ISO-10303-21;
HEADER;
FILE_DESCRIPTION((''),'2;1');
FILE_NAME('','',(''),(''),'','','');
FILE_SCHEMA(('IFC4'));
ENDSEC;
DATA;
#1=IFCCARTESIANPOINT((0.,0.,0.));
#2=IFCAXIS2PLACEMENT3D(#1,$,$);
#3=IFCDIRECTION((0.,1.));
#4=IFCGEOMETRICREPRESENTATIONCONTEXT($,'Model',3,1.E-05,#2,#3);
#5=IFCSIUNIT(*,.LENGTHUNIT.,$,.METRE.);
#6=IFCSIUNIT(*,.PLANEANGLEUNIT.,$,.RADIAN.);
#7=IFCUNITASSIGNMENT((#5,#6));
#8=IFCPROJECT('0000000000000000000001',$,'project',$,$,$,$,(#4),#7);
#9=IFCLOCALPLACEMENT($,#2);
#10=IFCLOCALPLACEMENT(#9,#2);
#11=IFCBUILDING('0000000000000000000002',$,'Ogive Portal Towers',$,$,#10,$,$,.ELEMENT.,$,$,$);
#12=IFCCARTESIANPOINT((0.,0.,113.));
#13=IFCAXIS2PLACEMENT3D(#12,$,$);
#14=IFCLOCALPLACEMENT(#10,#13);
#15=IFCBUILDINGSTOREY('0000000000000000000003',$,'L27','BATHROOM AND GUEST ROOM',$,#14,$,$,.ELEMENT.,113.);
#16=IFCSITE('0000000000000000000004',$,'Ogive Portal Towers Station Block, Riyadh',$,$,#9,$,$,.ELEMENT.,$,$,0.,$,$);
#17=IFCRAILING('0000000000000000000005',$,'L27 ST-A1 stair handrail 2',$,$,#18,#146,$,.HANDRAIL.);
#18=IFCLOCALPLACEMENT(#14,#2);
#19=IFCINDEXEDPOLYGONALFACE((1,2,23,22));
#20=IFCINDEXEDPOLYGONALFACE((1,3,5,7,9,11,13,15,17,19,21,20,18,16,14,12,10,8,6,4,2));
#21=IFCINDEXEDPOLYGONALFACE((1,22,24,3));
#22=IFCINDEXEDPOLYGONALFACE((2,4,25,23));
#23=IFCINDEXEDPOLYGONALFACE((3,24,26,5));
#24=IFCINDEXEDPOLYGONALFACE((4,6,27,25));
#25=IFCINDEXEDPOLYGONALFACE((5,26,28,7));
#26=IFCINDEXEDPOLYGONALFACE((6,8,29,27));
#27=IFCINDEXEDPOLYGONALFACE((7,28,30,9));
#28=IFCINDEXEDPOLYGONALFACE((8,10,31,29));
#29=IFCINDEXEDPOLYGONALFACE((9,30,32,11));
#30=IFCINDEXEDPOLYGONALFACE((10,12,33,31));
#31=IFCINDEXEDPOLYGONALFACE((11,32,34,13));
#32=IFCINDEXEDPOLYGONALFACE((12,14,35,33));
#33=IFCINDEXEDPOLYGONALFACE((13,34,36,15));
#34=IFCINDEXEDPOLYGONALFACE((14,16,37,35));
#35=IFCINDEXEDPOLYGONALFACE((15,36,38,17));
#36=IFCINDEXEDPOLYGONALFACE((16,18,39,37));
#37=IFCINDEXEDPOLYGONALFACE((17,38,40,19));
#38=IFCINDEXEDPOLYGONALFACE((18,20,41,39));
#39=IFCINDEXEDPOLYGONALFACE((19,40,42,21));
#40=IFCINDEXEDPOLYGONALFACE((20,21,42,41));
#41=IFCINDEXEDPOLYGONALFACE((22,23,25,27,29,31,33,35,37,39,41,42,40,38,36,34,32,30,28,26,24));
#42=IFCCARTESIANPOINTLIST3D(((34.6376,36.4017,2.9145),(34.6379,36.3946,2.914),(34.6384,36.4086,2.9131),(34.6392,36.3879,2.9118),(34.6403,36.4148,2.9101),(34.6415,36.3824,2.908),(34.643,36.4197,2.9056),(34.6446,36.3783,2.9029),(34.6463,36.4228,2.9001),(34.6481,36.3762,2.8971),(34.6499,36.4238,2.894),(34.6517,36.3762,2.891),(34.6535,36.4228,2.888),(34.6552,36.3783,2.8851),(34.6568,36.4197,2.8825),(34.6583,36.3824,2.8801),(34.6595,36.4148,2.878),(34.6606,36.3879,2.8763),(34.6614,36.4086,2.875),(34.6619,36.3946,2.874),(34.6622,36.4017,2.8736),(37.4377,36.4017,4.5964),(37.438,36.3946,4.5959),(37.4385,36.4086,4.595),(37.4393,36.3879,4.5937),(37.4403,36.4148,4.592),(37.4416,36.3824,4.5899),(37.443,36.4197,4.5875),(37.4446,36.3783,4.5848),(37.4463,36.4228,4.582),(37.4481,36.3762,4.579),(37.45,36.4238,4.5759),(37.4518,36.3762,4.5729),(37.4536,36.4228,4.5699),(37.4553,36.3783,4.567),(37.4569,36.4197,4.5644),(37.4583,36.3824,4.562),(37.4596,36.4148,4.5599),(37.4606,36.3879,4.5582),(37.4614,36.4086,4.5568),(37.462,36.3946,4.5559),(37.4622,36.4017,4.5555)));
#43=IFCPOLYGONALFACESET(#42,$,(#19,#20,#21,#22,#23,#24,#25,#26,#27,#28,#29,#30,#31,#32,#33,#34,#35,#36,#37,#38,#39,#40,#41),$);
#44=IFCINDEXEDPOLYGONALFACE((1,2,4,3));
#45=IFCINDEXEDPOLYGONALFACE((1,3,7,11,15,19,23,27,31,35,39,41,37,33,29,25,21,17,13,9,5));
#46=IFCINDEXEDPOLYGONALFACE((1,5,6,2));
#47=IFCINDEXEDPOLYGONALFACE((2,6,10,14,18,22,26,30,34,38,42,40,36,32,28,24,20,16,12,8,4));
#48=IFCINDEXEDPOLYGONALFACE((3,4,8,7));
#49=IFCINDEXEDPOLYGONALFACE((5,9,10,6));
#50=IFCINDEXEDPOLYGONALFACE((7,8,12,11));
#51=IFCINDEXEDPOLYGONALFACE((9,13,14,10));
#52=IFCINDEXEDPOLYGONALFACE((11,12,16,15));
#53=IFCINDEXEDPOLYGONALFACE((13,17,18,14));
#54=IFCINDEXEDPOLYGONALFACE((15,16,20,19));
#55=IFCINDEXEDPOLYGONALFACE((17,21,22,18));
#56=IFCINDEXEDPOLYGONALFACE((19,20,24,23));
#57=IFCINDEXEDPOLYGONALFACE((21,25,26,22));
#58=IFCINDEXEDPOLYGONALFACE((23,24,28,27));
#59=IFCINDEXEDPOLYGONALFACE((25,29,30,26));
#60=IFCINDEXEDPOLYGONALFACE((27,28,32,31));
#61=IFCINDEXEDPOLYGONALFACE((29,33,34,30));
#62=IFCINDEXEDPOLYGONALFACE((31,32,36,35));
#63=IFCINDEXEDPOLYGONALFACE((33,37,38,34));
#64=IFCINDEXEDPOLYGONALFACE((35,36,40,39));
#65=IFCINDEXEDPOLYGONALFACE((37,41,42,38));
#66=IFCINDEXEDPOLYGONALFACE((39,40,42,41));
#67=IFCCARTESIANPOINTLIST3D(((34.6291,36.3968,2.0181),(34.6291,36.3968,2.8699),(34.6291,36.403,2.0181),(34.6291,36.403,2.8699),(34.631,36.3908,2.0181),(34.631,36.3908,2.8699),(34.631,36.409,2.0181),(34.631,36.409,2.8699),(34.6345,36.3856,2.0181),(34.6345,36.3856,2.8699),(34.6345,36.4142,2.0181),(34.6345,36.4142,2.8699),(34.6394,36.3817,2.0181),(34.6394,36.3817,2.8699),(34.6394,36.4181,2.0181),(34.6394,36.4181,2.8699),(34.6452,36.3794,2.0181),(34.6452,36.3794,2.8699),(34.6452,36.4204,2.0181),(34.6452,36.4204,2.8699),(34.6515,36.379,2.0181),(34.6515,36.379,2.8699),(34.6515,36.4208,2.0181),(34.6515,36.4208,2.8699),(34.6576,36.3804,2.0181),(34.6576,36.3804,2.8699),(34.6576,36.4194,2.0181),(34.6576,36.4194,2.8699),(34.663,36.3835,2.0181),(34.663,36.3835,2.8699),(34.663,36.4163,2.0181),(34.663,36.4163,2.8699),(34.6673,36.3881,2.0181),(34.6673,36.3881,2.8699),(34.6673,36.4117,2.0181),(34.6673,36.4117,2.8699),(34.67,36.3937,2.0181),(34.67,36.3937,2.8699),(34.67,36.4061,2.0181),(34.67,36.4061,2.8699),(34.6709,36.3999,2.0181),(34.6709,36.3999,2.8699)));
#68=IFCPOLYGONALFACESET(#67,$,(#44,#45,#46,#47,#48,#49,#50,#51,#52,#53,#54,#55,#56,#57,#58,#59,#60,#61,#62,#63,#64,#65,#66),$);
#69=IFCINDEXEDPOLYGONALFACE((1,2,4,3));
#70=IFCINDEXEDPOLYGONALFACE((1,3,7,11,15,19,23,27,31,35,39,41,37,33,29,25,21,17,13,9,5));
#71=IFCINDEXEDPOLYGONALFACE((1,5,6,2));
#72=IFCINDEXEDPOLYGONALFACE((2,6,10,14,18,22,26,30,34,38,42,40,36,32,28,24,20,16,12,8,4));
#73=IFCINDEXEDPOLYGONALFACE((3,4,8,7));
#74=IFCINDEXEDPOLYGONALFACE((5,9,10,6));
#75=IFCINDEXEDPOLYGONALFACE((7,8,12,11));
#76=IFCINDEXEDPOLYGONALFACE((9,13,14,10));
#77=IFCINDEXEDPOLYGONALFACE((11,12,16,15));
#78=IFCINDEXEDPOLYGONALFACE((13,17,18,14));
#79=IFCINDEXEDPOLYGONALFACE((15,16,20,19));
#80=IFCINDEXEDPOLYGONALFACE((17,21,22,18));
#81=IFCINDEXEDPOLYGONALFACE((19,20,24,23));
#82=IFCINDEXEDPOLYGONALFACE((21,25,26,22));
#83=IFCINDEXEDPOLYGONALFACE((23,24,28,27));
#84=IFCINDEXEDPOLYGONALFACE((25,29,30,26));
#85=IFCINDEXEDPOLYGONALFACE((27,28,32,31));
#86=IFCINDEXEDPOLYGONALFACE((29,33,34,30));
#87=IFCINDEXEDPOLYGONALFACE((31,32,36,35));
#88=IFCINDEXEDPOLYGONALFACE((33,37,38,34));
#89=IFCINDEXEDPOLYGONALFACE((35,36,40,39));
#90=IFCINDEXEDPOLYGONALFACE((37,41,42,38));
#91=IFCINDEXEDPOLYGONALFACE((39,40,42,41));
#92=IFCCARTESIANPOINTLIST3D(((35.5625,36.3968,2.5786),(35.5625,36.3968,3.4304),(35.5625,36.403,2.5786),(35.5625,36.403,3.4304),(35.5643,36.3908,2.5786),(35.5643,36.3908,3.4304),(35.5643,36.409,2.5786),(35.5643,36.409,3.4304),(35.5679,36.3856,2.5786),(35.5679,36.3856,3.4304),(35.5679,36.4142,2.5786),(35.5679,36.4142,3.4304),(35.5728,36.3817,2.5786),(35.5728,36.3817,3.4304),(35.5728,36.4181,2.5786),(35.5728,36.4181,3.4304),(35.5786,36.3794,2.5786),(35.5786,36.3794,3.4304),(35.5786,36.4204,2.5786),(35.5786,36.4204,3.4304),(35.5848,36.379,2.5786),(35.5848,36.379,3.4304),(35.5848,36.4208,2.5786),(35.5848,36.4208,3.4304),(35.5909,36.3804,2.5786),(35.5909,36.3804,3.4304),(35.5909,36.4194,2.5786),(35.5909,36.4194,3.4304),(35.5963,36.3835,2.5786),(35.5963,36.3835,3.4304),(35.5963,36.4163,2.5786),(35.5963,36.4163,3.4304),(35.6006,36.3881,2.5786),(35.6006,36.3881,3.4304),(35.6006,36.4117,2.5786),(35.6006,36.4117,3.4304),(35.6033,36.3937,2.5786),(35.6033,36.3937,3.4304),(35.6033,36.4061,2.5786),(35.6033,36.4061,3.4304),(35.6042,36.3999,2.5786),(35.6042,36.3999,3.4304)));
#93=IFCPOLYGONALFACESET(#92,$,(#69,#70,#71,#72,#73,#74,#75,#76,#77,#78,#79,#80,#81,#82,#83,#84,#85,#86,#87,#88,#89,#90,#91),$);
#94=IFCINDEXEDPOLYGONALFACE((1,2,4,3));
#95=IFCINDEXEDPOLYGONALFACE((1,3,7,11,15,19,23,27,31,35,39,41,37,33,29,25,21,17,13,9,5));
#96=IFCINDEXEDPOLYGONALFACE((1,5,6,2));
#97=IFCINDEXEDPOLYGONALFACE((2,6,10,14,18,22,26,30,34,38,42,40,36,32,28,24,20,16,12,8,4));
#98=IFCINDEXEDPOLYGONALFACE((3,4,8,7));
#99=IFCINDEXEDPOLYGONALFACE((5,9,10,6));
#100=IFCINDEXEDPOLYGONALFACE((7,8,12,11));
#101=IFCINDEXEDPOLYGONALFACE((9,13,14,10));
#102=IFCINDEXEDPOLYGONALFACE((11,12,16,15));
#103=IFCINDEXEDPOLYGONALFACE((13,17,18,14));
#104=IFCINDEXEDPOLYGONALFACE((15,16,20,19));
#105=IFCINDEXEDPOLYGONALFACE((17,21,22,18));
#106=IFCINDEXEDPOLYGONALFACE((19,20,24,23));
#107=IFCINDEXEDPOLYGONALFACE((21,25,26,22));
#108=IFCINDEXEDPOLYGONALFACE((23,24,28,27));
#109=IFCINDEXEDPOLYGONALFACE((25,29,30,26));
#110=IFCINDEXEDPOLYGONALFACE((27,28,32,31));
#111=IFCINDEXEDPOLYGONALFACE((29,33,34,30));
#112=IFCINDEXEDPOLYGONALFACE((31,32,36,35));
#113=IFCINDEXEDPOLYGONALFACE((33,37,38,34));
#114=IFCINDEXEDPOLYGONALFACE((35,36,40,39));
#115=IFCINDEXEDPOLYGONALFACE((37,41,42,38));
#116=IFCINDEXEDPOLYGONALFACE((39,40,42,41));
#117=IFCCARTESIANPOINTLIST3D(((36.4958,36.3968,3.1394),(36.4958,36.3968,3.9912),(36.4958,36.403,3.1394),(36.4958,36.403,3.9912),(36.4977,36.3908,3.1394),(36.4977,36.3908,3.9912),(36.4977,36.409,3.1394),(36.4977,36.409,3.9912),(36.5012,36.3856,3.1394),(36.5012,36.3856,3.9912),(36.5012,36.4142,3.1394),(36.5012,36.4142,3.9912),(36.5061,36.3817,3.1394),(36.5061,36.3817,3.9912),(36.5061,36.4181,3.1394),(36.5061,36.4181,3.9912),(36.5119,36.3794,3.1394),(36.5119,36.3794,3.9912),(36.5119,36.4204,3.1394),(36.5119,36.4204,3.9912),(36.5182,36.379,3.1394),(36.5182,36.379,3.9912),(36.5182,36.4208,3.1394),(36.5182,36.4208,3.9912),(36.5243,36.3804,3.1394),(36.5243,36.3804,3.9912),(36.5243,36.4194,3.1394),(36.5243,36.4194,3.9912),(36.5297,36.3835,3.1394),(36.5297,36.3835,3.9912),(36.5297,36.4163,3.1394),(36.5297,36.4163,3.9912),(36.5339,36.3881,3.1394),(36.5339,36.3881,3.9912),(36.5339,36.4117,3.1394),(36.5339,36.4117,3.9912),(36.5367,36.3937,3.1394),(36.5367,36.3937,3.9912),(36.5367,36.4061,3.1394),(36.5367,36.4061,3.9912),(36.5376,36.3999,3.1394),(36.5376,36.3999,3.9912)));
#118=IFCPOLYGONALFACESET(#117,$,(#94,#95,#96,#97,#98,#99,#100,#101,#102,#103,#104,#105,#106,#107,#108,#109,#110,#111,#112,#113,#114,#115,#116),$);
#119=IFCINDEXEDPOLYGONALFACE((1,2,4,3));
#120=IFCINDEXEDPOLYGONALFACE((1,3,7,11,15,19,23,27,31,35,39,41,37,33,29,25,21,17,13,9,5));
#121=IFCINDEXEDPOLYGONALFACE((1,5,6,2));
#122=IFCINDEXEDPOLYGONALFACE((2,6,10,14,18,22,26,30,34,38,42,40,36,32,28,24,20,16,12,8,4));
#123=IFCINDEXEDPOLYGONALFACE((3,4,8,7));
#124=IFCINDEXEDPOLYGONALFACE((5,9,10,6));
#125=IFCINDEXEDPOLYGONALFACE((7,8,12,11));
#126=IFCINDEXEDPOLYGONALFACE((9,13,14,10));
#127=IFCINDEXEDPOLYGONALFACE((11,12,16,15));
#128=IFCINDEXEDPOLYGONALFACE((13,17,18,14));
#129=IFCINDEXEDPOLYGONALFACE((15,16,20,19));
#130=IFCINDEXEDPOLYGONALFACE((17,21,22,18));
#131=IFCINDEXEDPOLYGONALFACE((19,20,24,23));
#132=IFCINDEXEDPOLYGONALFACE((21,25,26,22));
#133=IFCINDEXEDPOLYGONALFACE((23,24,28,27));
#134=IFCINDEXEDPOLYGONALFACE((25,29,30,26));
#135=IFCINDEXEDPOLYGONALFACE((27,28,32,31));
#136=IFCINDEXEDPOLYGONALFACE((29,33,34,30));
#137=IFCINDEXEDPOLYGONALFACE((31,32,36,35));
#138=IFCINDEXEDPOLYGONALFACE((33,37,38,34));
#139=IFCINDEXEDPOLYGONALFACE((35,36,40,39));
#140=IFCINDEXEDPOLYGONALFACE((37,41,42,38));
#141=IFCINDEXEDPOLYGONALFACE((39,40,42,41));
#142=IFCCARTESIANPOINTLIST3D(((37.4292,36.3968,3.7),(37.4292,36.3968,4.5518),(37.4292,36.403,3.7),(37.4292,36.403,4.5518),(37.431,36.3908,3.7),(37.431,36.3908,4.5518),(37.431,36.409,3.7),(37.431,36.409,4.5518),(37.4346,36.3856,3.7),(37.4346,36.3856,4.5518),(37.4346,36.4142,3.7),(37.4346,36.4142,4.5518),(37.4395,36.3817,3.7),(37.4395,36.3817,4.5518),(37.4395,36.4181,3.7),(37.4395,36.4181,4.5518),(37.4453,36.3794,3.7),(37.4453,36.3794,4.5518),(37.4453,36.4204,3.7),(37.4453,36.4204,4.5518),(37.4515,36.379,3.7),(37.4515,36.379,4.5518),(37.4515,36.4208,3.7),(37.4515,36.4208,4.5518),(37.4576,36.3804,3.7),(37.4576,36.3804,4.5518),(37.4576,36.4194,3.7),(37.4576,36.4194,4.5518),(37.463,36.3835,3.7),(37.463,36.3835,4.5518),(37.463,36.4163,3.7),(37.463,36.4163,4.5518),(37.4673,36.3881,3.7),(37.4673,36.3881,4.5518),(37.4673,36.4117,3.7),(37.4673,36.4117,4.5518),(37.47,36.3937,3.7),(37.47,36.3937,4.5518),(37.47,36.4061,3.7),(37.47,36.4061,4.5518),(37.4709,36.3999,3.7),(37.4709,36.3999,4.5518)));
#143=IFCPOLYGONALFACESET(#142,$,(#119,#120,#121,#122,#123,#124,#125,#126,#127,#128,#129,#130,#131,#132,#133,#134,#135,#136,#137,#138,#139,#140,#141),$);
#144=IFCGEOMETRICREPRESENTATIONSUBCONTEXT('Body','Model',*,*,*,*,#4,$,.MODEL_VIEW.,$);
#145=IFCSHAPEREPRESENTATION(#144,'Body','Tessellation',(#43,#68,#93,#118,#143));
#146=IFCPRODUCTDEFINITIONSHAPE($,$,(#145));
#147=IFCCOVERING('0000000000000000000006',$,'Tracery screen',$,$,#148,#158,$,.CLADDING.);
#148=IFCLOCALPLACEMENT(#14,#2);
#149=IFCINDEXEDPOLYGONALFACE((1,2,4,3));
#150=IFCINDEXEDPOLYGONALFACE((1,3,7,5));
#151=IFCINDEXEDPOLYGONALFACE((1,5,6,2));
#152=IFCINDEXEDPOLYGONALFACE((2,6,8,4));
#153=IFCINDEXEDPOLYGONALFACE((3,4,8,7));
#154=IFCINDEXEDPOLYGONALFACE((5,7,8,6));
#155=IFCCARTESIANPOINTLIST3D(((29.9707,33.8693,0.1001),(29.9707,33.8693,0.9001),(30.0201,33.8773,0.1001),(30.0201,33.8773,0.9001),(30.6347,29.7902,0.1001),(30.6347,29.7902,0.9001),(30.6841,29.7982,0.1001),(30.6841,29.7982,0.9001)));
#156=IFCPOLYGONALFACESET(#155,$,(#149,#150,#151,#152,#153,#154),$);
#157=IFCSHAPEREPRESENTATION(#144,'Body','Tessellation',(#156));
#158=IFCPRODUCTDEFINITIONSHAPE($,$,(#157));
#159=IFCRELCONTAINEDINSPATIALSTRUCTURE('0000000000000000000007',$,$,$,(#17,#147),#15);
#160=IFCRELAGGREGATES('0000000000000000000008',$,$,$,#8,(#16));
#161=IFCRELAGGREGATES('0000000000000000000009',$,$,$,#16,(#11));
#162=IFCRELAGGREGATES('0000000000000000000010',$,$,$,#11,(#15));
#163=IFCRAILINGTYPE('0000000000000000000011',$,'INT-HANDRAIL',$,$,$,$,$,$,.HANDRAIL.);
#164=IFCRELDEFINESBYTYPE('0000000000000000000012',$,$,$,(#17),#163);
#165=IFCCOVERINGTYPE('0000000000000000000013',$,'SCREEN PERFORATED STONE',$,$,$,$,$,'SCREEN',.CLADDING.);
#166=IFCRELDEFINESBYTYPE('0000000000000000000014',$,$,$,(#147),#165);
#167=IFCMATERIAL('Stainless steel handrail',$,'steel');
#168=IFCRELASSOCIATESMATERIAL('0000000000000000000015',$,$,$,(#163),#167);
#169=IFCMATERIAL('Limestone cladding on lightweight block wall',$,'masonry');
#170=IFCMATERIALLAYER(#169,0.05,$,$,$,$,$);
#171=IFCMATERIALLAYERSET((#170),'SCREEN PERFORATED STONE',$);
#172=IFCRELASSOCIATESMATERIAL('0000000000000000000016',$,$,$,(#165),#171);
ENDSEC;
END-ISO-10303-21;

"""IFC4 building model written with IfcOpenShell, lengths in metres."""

from ifc_helpers import new_model, si_unit, direction, frame, origin, origin_2d, place, context, subcontext, project, spatial, rectangle, circle, extrude, material, layer, layer_set, type_object, element, save


model = new_model("IFC4")

# Units and contexts
model_context = context("Model", 3, precision=1e-05, world=origin(), true_north=direction((0.0, 1.0)))
body_context = subcontext(model_context, "Body", "Model", "MODEL_VIEW")
ifc_project = project(units=[si_unit("LENGTHUNIT", "METRE"), si_unit("PLANEANGLEUNIT", "RADIAN")], contexts=[model_context])

# Site, building, storey
site_placement = place(None, origin())
site = spatial("IfcSite", under=ifc_project, at=site_placement, Name="Ogive Portal Towers Station Block, Riyadh", CompositionType="ELEMENT", RefElevation=0.0)
building_placement = place(site_placement, origin())
building = spatial("IfcBuilding", under=site, at=building_placement, Name="Ogive Portal Towers", CompositionType="ELEMENT")
storey_placement = place(building_placement, frame((0.0, 0.0, 113.0)))
storey = spatial("IfcBuildingStorey", under=building, at=storey_placement, Name="L27", Description="BATHROOM AND GUEST ROOM", CompositionType="ELEMENT", Elevation=113.0)

# Shared definitions
ifc_material_1 = material(Name="Limestone cladding on lightweight block wall", Category="masonry")

# Railing
ifc_material_2 = material(Name="Stainless steel handrail", Category="steel")
railing_type_1 = type_object("IfcRailingType", Name="INT-HANDRAIL", PredefinedType="HANDRAIL", material=ifc_material_2)
railing_1_placement = place(storey_placement, frame((34.6499, 36.3999, 2.0181)))
element("IfcRailing", 1, at=railing_1_placement, inside=storey, type_object=railing_type_1, Name="L27 ST-A1 stair handrail 2", PredefinedType="HANDRAIL", context=body_context, shape_type="SweptSolid", body=[
    extrude(circle(Radius=0.0239, at=origin_2d()), frame((0.0, 0.0, 0.876), z_axis=(0.857242, 0.0, 0.514913), x_axis=(0.0, 1.0, 0.0)), (0.0, 0.0, 1.0), 3.2664),
    extrude(circle(Radius=0.021, at=origin_2d()), origin(), (0.0, 0.0, 1.0), 0.8518),
    extrude(circle(Radius=0.021, at=origin_2d()), frame((0.9333, 0.0, 0.5605)), (0.0, 0.0, 1.0), 0.8518),
    extrude(circle(Radius=0.021, at=origin_2d()), frame((1.8667, 0.0, 1.1213)), (0.0, 0.0, 1.0), 0.8518),
    extrude(circle(Radius=0.021, at=origin_2d()), frame((2.8, 0.0, 1.6819)), (0.0, 0.0, 1.0), 0.8518),
])

# Covering
ifc_layer_1 = layer(ifc_material_1, 0.05)
ifc_layer_set_1 = layer_set([ifc_layer_1], Name="SCREEN PERFORATED STONE")
covering_type = type_object("IfcCoveringType", Name="SCREEN PERFORATED STONE", ElementType="SCREEN", PredefinedType="CLADDING", material=ifc_layer_set_1)
covering_placement = place(storey_placement, frame((30.3274, 31.8337, 0.1001), z_axis=(0.0, 0.0, 1.0), x_axis=(0.160655, -0.987011, 0.0)))
element("IfcCovering", 2, at=covering_placement, inside=storey, type_object=covering_type, Name="Tracery screen", PredefinedType="CLADDING", context=body_context, shape_type="SweptSolid", body=[
    extrude(rectangle(XDim=4.1328, YDim=0.05, at=origin_2d()), origin(), (0.0, 0.0, 1.0), 0.8),
])

save(model, "model.ifc")
